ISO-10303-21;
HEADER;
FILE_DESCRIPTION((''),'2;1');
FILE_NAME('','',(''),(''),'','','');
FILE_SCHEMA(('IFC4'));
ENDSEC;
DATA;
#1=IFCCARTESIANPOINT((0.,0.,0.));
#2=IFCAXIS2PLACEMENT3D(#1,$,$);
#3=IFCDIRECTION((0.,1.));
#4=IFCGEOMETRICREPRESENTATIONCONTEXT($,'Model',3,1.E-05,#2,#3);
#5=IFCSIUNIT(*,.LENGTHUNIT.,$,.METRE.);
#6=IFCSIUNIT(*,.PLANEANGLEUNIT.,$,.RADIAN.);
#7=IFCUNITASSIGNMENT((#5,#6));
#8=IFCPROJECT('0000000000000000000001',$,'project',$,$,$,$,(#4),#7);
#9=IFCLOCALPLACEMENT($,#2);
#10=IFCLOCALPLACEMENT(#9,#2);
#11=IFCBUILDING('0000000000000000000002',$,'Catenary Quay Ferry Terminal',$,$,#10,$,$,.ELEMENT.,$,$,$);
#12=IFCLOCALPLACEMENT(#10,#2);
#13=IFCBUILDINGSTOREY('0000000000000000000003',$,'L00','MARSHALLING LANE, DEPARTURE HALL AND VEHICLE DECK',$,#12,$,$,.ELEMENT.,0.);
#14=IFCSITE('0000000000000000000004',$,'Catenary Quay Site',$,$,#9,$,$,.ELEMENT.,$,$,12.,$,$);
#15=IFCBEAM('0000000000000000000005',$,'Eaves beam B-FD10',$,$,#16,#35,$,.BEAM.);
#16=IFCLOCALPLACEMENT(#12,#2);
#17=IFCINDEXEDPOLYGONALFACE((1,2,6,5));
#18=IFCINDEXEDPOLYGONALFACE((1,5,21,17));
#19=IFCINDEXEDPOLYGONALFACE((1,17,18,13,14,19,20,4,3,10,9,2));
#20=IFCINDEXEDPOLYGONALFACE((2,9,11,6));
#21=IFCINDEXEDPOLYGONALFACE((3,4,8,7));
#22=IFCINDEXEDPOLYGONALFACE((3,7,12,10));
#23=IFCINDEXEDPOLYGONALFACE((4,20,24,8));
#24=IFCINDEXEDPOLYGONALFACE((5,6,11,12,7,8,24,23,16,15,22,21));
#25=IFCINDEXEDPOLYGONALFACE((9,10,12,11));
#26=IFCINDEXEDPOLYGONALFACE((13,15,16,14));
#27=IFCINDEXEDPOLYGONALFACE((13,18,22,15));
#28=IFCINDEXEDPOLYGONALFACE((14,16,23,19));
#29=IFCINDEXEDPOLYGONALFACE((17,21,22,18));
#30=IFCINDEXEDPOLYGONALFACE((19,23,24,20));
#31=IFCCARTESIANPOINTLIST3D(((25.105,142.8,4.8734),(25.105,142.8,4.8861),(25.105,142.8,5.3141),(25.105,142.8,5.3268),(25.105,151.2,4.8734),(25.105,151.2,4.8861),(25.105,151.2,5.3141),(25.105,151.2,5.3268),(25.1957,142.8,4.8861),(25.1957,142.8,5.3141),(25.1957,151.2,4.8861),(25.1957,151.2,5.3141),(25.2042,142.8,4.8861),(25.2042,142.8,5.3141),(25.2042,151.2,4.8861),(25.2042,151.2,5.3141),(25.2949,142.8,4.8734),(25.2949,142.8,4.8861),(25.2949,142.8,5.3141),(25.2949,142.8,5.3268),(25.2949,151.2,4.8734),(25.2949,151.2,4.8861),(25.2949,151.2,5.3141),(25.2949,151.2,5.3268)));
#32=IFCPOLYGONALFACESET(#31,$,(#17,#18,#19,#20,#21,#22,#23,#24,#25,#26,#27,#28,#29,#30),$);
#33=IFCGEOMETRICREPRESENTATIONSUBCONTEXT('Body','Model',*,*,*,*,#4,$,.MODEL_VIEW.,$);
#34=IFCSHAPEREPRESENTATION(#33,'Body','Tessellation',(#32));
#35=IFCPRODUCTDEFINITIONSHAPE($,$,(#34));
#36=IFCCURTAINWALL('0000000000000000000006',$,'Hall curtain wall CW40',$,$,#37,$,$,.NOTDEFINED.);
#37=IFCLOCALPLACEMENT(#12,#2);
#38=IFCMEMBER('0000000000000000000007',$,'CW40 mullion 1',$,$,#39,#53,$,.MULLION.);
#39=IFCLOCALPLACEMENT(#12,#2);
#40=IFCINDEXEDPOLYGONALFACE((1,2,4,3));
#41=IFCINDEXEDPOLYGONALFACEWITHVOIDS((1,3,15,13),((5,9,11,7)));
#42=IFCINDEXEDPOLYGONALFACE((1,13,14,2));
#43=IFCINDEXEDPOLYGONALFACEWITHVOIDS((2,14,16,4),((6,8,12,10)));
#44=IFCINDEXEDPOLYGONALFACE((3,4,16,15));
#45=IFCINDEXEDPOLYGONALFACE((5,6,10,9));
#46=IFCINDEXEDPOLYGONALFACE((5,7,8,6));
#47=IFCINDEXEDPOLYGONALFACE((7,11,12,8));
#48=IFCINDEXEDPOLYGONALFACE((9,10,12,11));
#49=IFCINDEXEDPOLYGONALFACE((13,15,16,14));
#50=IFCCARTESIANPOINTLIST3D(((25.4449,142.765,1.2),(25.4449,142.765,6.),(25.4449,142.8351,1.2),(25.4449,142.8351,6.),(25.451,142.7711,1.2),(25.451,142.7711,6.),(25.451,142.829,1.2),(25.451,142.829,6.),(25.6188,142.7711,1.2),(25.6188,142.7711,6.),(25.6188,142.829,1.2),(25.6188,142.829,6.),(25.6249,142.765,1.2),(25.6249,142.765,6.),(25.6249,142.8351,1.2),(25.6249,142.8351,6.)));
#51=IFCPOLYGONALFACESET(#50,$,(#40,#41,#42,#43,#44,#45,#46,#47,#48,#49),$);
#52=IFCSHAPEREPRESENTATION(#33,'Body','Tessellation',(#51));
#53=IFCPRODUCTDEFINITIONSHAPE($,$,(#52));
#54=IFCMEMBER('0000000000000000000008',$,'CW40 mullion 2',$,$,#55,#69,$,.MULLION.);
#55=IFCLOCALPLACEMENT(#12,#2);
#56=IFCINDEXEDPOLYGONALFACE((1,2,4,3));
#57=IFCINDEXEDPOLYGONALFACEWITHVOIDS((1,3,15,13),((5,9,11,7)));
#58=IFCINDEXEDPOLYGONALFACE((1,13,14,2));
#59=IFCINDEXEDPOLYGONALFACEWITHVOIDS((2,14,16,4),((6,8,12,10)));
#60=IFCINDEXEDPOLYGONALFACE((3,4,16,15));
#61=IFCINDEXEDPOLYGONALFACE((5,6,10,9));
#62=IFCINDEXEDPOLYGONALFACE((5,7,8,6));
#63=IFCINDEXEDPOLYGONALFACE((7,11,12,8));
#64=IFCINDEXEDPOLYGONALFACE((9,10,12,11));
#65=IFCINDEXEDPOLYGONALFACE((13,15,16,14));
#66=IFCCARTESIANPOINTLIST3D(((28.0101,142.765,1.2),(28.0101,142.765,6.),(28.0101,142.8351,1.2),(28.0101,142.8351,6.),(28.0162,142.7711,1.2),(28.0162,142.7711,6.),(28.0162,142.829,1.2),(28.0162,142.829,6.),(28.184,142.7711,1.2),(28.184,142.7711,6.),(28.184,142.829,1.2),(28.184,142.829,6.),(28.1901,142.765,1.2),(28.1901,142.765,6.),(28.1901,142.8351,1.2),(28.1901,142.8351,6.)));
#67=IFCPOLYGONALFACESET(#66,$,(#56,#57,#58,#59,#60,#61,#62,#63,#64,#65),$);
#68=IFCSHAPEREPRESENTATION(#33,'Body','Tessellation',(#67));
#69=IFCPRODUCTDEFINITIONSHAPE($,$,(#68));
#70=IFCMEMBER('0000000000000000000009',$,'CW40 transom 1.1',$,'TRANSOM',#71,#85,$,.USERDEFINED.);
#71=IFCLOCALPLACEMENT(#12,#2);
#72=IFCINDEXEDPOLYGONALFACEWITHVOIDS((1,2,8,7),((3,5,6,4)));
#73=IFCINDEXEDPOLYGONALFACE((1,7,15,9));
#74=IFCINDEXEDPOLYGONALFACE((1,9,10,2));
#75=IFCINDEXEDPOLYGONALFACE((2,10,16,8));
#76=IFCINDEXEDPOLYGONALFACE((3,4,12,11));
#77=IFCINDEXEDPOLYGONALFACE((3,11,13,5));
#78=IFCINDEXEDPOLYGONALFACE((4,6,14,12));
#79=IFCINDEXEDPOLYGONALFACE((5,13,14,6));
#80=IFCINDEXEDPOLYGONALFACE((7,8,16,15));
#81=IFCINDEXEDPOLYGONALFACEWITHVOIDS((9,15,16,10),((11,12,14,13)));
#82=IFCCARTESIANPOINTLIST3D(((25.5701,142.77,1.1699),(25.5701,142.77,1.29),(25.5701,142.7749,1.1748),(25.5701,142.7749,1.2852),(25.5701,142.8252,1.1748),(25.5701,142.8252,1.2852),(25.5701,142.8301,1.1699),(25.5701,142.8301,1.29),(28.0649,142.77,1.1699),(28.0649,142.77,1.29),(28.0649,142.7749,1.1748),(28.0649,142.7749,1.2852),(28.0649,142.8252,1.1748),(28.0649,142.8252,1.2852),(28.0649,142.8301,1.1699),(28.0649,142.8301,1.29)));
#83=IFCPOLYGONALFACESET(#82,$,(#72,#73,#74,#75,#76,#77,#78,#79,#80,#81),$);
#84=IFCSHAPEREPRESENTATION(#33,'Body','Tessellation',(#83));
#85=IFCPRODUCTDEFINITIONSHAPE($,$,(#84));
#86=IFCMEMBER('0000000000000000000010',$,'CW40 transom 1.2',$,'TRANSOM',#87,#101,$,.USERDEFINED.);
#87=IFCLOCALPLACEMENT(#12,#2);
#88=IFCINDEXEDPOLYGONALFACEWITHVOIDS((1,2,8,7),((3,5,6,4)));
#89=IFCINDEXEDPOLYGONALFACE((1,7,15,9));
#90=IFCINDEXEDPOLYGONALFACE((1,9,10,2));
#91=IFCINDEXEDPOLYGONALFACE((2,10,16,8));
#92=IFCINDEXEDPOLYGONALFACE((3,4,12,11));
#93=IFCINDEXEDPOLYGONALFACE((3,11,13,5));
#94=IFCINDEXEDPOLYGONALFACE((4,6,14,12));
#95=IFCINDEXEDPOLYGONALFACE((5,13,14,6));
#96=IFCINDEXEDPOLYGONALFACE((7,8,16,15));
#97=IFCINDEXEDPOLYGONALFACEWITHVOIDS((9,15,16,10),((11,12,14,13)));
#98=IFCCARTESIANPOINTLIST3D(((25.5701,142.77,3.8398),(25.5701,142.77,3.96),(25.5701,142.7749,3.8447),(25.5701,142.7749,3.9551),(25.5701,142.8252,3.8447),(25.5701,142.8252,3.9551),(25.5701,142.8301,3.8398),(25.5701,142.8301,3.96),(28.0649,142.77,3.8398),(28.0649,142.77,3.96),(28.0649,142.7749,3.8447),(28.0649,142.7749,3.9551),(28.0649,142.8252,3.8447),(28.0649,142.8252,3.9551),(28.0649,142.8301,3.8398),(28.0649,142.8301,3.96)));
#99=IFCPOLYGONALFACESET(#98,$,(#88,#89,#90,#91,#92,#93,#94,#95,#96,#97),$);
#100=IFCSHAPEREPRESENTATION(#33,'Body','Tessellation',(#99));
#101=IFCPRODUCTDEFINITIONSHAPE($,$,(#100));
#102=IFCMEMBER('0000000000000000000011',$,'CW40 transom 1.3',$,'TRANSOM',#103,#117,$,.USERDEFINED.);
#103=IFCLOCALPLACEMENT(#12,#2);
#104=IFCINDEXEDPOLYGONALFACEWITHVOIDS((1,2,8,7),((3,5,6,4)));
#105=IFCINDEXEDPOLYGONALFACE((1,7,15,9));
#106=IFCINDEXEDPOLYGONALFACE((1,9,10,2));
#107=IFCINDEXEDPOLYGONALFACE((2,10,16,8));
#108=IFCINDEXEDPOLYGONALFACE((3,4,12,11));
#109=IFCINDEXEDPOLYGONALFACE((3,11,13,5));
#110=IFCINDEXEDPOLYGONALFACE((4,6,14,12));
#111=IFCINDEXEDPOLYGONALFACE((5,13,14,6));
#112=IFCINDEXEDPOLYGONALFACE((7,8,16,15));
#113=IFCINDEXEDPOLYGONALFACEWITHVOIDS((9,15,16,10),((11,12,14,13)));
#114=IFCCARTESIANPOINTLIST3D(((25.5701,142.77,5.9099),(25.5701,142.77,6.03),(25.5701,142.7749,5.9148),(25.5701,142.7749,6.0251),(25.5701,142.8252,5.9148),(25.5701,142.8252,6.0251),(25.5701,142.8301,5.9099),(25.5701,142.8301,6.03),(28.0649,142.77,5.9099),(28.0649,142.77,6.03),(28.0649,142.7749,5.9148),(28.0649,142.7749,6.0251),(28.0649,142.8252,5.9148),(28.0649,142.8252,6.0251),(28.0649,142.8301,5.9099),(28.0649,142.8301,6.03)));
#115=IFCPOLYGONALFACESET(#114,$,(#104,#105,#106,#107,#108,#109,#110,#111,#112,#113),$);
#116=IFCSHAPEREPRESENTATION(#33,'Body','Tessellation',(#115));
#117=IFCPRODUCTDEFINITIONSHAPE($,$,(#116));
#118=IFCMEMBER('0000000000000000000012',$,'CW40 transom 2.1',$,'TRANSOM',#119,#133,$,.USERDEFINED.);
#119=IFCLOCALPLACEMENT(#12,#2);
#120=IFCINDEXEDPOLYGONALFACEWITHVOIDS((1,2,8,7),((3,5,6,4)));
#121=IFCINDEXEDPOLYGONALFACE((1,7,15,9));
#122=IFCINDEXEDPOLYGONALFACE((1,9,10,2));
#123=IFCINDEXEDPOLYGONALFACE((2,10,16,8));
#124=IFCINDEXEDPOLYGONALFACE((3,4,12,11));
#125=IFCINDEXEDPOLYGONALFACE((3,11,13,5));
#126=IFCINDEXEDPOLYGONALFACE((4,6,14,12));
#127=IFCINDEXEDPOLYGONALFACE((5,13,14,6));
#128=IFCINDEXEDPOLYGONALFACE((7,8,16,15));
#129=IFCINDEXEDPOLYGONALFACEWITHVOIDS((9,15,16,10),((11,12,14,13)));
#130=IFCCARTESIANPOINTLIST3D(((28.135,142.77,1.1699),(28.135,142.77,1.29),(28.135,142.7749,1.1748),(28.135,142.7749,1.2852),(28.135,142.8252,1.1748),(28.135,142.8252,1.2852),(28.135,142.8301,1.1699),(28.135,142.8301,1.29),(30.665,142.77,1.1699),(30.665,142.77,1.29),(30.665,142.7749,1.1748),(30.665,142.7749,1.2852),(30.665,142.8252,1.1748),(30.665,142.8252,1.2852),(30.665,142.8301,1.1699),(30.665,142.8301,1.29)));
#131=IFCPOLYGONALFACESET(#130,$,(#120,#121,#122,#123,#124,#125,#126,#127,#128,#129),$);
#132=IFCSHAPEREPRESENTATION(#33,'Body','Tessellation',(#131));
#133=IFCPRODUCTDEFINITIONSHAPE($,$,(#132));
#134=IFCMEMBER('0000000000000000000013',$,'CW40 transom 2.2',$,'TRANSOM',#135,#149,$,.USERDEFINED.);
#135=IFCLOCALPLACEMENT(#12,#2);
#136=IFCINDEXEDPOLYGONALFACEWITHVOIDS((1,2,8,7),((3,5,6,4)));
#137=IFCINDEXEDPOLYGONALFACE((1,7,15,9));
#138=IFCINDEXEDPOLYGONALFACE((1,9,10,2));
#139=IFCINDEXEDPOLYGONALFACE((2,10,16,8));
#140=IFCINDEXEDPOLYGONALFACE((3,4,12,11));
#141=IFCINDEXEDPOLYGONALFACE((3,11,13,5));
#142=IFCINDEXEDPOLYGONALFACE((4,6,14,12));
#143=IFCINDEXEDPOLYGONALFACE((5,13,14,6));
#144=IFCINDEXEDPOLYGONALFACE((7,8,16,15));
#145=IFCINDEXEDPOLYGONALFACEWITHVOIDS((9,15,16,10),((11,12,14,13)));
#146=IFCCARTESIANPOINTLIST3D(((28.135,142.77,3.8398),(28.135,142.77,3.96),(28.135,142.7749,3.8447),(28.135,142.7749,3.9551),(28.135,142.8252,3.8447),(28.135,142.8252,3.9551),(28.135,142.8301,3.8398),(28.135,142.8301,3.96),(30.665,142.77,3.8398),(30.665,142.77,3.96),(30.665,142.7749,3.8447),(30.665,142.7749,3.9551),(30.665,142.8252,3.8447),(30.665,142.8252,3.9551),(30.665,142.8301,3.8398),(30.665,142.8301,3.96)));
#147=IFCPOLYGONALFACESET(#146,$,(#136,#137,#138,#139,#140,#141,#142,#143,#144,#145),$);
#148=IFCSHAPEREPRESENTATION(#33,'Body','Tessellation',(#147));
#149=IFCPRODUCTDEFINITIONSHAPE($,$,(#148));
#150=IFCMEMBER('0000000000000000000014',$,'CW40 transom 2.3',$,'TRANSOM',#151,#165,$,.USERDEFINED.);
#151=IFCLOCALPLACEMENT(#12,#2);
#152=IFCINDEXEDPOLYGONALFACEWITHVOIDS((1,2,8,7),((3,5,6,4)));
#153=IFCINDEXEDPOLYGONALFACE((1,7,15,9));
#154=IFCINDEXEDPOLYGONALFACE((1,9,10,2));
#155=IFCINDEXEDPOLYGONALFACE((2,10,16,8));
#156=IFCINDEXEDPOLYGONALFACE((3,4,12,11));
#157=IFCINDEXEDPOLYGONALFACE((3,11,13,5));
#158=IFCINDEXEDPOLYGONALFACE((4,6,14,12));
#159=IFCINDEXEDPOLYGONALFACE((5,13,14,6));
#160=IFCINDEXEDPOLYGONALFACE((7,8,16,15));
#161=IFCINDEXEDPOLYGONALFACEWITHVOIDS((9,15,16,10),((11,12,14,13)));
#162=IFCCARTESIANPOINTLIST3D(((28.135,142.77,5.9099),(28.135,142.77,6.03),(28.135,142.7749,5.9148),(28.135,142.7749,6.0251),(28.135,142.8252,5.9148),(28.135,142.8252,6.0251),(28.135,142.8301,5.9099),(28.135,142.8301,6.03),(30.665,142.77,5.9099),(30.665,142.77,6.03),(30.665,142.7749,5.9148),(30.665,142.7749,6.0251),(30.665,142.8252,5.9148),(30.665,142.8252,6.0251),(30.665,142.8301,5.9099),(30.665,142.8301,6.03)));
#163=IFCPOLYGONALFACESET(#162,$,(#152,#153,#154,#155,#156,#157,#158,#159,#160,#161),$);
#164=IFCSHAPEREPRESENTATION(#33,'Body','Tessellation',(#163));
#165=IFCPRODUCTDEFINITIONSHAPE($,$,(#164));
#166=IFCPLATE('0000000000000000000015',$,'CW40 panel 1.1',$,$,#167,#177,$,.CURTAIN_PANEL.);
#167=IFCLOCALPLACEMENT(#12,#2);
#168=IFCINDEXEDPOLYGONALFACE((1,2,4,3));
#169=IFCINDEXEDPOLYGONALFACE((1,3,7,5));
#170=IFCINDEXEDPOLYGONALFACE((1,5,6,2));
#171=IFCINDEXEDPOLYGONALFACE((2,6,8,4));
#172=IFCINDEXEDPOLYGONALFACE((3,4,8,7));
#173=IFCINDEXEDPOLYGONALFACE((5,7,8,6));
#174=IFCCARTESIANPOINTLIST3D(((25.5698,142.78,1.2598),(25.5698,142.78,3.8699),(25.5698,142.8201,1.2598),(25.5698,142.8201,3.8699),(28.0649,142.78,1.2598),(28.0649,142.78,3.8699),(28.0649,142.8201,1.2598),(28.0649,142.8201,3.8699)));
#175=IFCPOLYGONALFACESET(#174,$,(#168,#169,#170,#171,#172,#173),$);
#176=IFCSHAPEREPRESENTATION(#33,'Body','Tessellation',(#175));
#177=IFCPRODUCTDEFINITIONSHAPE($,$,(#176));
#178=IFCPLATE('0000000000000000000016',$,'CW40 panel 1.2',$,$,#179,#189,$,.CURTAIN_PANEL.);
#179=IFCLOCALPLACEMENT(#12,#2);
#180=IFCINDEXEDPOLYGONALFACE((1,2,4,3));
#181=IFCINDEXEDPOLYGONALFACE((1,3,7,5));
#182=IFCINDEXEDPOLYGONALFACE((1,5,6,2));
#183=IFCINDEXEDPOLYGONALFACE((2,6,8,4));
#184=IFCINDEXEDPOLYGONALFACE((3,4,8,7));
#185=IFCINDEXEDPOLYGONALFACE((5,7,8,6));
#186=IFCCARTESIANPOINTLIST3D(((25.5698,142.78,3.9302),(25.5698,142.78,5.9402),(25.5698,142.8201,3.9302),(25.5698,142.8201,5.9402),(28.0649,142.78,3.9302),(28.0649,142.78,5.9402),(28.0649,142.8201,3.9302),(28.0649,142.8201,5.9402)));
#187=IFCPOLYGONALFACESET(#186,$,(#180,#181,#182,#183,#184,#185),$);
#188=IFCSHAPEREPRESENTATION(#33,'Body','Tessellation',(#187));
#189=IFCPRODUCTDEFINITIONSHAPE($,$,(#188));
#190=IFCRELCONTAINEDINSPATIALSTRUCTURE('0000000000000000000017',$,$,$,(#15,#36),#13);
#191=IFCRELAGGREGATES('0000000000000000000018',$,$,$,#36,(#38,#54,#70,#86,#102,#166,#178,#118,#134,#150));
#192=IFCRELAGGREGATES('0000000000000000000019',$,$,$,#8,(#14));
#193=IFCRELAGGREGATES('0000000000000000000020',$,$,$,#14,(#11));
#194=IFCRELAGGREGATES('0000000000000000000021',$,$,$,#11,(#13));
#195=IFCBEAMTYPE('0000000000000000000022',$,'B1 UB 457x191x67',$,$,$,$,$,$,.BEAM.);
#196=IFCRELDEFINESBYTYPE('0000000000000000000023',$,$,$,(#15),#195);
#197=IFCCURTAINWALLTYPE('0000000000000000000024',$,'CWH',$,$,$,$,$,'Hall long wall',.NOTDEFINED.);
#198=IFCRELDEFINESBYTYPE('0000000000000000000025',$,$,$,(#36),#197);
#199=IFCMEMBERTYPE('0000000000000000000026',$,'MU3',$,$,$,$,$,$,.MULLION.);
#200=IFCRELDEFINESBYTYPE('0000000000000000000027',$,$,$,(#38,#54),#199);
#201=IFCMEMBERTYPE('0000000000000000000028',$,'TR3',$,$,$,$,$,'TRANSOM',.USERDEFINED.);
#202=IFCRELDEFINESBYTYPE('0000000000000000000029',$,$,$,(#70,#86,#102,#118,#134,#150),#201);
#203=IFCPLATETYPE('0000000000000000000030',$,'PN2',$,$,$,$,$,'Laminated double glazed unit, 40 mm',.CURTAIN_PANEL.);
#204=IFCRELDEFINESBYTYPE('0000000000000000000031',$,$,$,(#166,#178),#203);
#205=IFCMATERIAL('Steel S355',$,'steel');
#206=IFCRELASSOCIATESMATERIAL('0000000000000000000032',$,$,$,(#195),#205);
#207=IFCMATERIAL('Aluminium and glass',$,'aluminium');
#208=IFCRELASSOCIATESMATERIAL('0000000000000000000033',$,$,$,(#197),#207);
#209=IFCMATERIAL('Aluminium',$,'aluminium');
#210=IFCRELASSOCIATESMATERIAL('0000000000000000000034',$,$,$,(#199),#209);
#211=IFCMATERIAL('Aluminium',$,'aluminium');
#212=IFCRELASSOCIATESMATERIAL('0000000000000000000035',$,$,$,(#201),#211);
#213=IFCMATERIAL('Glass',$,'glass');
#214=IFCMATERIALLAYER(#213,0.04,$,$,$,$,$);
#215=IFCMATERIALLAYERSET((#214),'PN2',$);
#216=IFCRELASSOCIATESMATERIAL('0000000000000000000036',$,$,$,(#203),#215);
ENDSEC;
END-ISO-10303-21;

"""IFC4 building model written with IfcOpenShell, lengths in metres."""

from ifc_helpers import new_model, si_unit, direction, frame, origin, origin_2d, place, context, subcontext, project, spatial, rectangle, hollow_rectangle, i_section, extrude, material, layer, layer_set, material_profile, profile_set, type_object, element, aggregate, save


model = new_model("IFC4")

# Units and contexts
model_context = context("Model", 3, precision=1e-05, world=origin(), true_north=direction((0.0, 1.0)))
body_context = subcontext(model_context, "Body", "Model", "MODEL_VIEW")
ifc_project = project(units=[si_unit("LENGTHUNIT", "METRE"), si_unit("PLANEANGLEUNIT", "RADIAN")], contexts=[model_context])

# Site, building, storey
site_placement = place(None, origin())
site = spatial("IfcSite", under=ifc_project, at=site_placement, Name="Catenary Quay Site", CompositionType="ELEMENT", RefElevation=12.0)
building_placement = place(site_placement, origin())
building = spatial("IfcBuilding", under=site, at=building_placement, Name="Catenary Quay Ferry Terminal", CompositionType="ELEMENT")
storey_placement = place(building_placement, origin())
storey = spatial("IfcBuildingStorey", under=building, at=storey_placement, Name="L00", Description="MARSHALLING LANE, DEPARTURE HALL AND VEHICLE DECK", CompositionType="ELEMENT", Elevation=0.0)

# Beam
ifc_material_1 = material(Name="Steel S355", Category="steel")
ifc_material_profile_1 = material_profile(ifc_material_1, i_section(OverallWidth=0.1899, OverallDepth=0.4534, WebThickness=0.0085, FlangeThickness=0.0127, at=origin_2d()), Name="UB 457x191x67")
ifc_profile_set_1 = profile_set([ifc_material_profile_1], Name="Steel S355")
beam_type = type_object("IfcBeamType", Name="B1 UB 457x191x67", PredefinedType="BEAM", material=ifc_profile_set_1)
beam_placement = place(storey_placement, frame((25.2, 142.8, 5.1001), z_axis=(0.0, 1.0, 0.0), x_axis=(-1.0, 0.0, 0.0)))
element("IfcBeam", 1, at=beam_placement, inside=storey, type_object=beam_type, Name="Eaves beam B-FD10", PredefinedType="BEAM", context=body_context, shape_type="SweptSolid", body=[
    extrude(i_section(OverallWidth=0.1899, OverallDepth=0.4534, WebThickness=0.0085, FlangeThickness=0.0127, at=origin_2d()), origin(), (0.0, 0.0, 1.0), 8.3999),
])

# Curtain wall, members, plates
ifc_material_2 = material(Name="Aluminium and glass", Category="aluminium")
curtain_wall_type = type_object("IfcCurtainWallType", Name="CWH", ElementType="Hall long wall", PredefinedType="NOTDEFINED", material=ifc_material_2)
curtain_wall_placement = place(storey_placement, origin())
curtain_wall = element("IfcCurtainWall", 2, at=curtain_wall_placement, inside=storey, type_object=curtain_wall_type, Name="Hall curtain wall CW40", PredefinedType="NOTDEFINED")
ifc_material_3 = material(Name="Aluminium", Category="aluminium")
ifc_material_profile_2 = material_profile(ifc_material_3, hollow_rectangle(XDim=0.0701, YDim=0.1799, WallThickness=0.0061, at=origin_2d()), Name="MU3")
ifc_profile_set_2 = profile_set([ifc_material_profile_2], Name="Aluminium")
member_type_1 = type_object("IfcMemberType", Name="MU3", PredefinedType="MULLION", material=ifc_profile_set_2)
member_1_placement = place(storey_placement, frame((25.5349, 142.8, 1.2), z_axis=(0.0, 0.0, 1.0), x_axis=(0.0, 1.0, 0.0)))
member_1 = element("IfcMember", 3, at=member_1_placement, type_object=member_type_1, Name="CW40 mullion 1", PredefinedType="MULLION", context=body_context, shape_type="SweptSolid", body=[
    extrude(hollow_rectangle(XDim=0.0701, YDim=0.1799, WallThickness=0.0061, at=origin_2d()), origin(), (0.0, 0.0, 1.0), 4.8),
])
member_2_placement = place(storey_placement, frame((28.1001, 142.8, 1.2), z_axis=(0.0, 0.0, 1.0), x_axis=(0.0, 1.0, 0.0)))
member_2 = element("IfcMember", 4, at=member_2_placement, type_object=member_type_1, Name="CW40 mullion 2", PredefinedType="MULLION", context=body_context, shape_type="SweptSolid", body=[
    extrude(hollow_rectangle(XDim=0.0701, YDim=0.1799, WallThickness=0.0061, at=origin_2d()), origin(), (0.0, 0.0, 1.0), 4.8),
])
ifc_material_4 = material(Name="Aluminium", Category="aluminium")
ifc_material_profile_3 = material_profile(ifc_material_4, hollow_rectangle(XDim=0.0601, YDim=0.1201, WallThickness=0.0049, at=origin_2d()), Name="TR3")
ifc_profile_set_3 = profile_set([ifc_material_profile_3], Name="Aluminium")
member_type_2 = type_object("IfcMemberType", Name="TR3", ElementType="TRANSOM", PredefinedType="USERDEFINED", material=ifc_profile_set_3)
member_3_placement = place(storey_placement, frame((25.5701, 142.8, 1.23), z_axis=(1.0, 0.0, 0.0), x_axis=(0.0, 1.0, 0.0)))
member_3 = element("IfcMember", 5, at=member_3_placement, type_object=member_type_2, Name="CW40 transom 1.1", ObjectType="TRANSOM", PredefinedType="USERDEFINED", context=body_context, shape_type="SweptSolid", body=[
    extrude(hollow_rectangle(XDim=0.0601, YDim=0.1201, WallThickness=0.0049, at=origin_2d()), origin(), (0.0, 0.0, 1.0), 2.4949),
])
member_4_placement = place(storey_placement, frame((25.5701, 142.8, 3.8999), z_axis=(1.0, 0.0, 0.0), x_axis=(0.0, 1.0, 0.0)))
member_4 = element("IfcMember", 6, at=member_4_placement, type_object=member_type_2, Name="CW40 transom 1.2", ObjectType="TRANSOM", PredefinedType="USERDEFINED", context=body_context, shape_type="SweptSolid", body=[
    extrude(hollow_rectangle(XDim=0.0601, YDim=0.1201, WallThickness=0.0049, at=origin_2d()), origin(), (0.0, 0.0, 1.0), 2.4949),
])
member_5_placement = place(storey_placement, frame((25.5701, 142.8, 5.97), z_axis=(1.0, 0.0, 0.0), x_axis=(0.0, 1.0, 0.0)))
member_5 = element("IfcMember", 7, at=member_5_placement, type_object=member_type_2, Name="CW40 transom 1.3", ObjectType="TRANSOM", PredefinedType="USERDEFINED", context=body_context, shape_type="SweptSolid", body=[
    extrude(hollow_rectangle(XDim=0.0601, YDim=0.1201, WallThickness=0.0049, at=origin_2d()), origin(), (0.0, 0.0, 1.0), 2.4949),
])
member_6_placement = place(storey_placement, frame((28.135, 142.8, 1.23), z_axis=(1.0, 0.0, 0.0), x_axis=(0.0, 1.0, 0.0)))
member_6 = element("IfcMember", 8, at=member_6_placement, type_object=member_type_2, Name="CW40 transom 2.1", ObjectType="TRANSOM", PredefinedType="USERDEFINED", context=body_context, shape_type="SweptSolid", body=[
    extrude(hollow_rectangle(XDim=0.0601, YDim=0.1201, WallThickness=0.0049, at=origin_2d()), origin(), (0.0, 0.0, 1.0), 2.53),
])
member_7_placement = place(storey_placement, frame((28.135, 142.8, 3.8999), z_axis=(1.0, 0.0, 0.0), x_axis=(0.0, 1.0, 0.0)))
member_7 = element("IfcMember", 9, at=member_7_placement, type_object=member_type_2, Name="CW40 transom 2.2", ObjectType="TRANSOM", PredefinedType="USERDEFINED", context=body_context, shape_type="SweptSolid", body=[
    extrude(hollow_rectangle(XDim=0.0601, YDim=0.1201, WallThickness=0.0049, at=origin_2d()), origin(), (0.0, 0.0, 1.0), 2.53),
])
member_8_placement = place(storey_placement, frame((28.135, 142.8, 5.97), z_axis=(1.0, 0.0, 0.0), x_axis=(0.0, 1.0, 0.0)))
member_8 = element("IfcMember", 10, at=member_8_placement, type_object=member_type_2, Name="CW40 transom 2.3", ObjectType="TRANSOM", PredefinedType="USERDEFINED", context=body_context, shape_type="SweptSolid", body=[
    extrude(hollow_rectangle(XDim=0.0601, YDim=0.1201, WallThickness=0.0049, at=origin_2d()), origin(), (0.0, 0.0, 1.0), 2.53),
])
ifc_material_5 = material(Name="Glass", Category="glass")
ifc_layer_1 = layer(ifc_material_5, 0.04)
ifc_layer_set_1 = layer_set([ifc_layer_1], Name="PN2")
plate_type = type_object("IfcPlateType", Name="PN2", ElementType="Laminated double glazed unit, 40 mm", PredefinedType="CURTAIN_PANEL", material=ifc_layer_set_1)
plate_1_placement = place(storey_placement, frame((26.8174, 142.8, 1.2598), z_axis=(0.0, 0.0, 1.0), x_axis=(1.0, 0.0, 0.0)))
plate_1 = element("IfcPlate", 11, at=plate_1_placement, type_object=plate_type, Name="CW40 panel 1.1", PredefinedType="CURTAIN_PANEL", context=body_context, shape_type="SweptSolid", body=[
    extrude(rectangle(XDim=2.4951, YDim=0.04, at=origin_2d()), origin(), (0.0, 0.0, 1.0), 2.6101),
])
plate_2_placement = place(storey_placement, frame((26.8174, 142.8, 3.9302), z_axis=(0.0, 0.0, 1.0), x_axis=(1.0, 0.0, 0.0)))
plate_2 = element("IfcPlate", 12, at=plate_2_placement, type_object=plate_type, Name="CW40 panel 1.2", PredefinedType="CURTAIN_PANEL", context=body_context, shape_type="SweptSolid", body=[
    extrude(rectangle(XDim=2.4951, YDim=0.04, at=origin_2d()), origin(), (0.0, 0.0, 1.0), 2.01),
])
aggregate(curtain_wall, [member_1, member_2, member_3, member_4, member_5, plate_1, plate_2, member_6, member_7, member_8])

save(model, "model.ifc")
